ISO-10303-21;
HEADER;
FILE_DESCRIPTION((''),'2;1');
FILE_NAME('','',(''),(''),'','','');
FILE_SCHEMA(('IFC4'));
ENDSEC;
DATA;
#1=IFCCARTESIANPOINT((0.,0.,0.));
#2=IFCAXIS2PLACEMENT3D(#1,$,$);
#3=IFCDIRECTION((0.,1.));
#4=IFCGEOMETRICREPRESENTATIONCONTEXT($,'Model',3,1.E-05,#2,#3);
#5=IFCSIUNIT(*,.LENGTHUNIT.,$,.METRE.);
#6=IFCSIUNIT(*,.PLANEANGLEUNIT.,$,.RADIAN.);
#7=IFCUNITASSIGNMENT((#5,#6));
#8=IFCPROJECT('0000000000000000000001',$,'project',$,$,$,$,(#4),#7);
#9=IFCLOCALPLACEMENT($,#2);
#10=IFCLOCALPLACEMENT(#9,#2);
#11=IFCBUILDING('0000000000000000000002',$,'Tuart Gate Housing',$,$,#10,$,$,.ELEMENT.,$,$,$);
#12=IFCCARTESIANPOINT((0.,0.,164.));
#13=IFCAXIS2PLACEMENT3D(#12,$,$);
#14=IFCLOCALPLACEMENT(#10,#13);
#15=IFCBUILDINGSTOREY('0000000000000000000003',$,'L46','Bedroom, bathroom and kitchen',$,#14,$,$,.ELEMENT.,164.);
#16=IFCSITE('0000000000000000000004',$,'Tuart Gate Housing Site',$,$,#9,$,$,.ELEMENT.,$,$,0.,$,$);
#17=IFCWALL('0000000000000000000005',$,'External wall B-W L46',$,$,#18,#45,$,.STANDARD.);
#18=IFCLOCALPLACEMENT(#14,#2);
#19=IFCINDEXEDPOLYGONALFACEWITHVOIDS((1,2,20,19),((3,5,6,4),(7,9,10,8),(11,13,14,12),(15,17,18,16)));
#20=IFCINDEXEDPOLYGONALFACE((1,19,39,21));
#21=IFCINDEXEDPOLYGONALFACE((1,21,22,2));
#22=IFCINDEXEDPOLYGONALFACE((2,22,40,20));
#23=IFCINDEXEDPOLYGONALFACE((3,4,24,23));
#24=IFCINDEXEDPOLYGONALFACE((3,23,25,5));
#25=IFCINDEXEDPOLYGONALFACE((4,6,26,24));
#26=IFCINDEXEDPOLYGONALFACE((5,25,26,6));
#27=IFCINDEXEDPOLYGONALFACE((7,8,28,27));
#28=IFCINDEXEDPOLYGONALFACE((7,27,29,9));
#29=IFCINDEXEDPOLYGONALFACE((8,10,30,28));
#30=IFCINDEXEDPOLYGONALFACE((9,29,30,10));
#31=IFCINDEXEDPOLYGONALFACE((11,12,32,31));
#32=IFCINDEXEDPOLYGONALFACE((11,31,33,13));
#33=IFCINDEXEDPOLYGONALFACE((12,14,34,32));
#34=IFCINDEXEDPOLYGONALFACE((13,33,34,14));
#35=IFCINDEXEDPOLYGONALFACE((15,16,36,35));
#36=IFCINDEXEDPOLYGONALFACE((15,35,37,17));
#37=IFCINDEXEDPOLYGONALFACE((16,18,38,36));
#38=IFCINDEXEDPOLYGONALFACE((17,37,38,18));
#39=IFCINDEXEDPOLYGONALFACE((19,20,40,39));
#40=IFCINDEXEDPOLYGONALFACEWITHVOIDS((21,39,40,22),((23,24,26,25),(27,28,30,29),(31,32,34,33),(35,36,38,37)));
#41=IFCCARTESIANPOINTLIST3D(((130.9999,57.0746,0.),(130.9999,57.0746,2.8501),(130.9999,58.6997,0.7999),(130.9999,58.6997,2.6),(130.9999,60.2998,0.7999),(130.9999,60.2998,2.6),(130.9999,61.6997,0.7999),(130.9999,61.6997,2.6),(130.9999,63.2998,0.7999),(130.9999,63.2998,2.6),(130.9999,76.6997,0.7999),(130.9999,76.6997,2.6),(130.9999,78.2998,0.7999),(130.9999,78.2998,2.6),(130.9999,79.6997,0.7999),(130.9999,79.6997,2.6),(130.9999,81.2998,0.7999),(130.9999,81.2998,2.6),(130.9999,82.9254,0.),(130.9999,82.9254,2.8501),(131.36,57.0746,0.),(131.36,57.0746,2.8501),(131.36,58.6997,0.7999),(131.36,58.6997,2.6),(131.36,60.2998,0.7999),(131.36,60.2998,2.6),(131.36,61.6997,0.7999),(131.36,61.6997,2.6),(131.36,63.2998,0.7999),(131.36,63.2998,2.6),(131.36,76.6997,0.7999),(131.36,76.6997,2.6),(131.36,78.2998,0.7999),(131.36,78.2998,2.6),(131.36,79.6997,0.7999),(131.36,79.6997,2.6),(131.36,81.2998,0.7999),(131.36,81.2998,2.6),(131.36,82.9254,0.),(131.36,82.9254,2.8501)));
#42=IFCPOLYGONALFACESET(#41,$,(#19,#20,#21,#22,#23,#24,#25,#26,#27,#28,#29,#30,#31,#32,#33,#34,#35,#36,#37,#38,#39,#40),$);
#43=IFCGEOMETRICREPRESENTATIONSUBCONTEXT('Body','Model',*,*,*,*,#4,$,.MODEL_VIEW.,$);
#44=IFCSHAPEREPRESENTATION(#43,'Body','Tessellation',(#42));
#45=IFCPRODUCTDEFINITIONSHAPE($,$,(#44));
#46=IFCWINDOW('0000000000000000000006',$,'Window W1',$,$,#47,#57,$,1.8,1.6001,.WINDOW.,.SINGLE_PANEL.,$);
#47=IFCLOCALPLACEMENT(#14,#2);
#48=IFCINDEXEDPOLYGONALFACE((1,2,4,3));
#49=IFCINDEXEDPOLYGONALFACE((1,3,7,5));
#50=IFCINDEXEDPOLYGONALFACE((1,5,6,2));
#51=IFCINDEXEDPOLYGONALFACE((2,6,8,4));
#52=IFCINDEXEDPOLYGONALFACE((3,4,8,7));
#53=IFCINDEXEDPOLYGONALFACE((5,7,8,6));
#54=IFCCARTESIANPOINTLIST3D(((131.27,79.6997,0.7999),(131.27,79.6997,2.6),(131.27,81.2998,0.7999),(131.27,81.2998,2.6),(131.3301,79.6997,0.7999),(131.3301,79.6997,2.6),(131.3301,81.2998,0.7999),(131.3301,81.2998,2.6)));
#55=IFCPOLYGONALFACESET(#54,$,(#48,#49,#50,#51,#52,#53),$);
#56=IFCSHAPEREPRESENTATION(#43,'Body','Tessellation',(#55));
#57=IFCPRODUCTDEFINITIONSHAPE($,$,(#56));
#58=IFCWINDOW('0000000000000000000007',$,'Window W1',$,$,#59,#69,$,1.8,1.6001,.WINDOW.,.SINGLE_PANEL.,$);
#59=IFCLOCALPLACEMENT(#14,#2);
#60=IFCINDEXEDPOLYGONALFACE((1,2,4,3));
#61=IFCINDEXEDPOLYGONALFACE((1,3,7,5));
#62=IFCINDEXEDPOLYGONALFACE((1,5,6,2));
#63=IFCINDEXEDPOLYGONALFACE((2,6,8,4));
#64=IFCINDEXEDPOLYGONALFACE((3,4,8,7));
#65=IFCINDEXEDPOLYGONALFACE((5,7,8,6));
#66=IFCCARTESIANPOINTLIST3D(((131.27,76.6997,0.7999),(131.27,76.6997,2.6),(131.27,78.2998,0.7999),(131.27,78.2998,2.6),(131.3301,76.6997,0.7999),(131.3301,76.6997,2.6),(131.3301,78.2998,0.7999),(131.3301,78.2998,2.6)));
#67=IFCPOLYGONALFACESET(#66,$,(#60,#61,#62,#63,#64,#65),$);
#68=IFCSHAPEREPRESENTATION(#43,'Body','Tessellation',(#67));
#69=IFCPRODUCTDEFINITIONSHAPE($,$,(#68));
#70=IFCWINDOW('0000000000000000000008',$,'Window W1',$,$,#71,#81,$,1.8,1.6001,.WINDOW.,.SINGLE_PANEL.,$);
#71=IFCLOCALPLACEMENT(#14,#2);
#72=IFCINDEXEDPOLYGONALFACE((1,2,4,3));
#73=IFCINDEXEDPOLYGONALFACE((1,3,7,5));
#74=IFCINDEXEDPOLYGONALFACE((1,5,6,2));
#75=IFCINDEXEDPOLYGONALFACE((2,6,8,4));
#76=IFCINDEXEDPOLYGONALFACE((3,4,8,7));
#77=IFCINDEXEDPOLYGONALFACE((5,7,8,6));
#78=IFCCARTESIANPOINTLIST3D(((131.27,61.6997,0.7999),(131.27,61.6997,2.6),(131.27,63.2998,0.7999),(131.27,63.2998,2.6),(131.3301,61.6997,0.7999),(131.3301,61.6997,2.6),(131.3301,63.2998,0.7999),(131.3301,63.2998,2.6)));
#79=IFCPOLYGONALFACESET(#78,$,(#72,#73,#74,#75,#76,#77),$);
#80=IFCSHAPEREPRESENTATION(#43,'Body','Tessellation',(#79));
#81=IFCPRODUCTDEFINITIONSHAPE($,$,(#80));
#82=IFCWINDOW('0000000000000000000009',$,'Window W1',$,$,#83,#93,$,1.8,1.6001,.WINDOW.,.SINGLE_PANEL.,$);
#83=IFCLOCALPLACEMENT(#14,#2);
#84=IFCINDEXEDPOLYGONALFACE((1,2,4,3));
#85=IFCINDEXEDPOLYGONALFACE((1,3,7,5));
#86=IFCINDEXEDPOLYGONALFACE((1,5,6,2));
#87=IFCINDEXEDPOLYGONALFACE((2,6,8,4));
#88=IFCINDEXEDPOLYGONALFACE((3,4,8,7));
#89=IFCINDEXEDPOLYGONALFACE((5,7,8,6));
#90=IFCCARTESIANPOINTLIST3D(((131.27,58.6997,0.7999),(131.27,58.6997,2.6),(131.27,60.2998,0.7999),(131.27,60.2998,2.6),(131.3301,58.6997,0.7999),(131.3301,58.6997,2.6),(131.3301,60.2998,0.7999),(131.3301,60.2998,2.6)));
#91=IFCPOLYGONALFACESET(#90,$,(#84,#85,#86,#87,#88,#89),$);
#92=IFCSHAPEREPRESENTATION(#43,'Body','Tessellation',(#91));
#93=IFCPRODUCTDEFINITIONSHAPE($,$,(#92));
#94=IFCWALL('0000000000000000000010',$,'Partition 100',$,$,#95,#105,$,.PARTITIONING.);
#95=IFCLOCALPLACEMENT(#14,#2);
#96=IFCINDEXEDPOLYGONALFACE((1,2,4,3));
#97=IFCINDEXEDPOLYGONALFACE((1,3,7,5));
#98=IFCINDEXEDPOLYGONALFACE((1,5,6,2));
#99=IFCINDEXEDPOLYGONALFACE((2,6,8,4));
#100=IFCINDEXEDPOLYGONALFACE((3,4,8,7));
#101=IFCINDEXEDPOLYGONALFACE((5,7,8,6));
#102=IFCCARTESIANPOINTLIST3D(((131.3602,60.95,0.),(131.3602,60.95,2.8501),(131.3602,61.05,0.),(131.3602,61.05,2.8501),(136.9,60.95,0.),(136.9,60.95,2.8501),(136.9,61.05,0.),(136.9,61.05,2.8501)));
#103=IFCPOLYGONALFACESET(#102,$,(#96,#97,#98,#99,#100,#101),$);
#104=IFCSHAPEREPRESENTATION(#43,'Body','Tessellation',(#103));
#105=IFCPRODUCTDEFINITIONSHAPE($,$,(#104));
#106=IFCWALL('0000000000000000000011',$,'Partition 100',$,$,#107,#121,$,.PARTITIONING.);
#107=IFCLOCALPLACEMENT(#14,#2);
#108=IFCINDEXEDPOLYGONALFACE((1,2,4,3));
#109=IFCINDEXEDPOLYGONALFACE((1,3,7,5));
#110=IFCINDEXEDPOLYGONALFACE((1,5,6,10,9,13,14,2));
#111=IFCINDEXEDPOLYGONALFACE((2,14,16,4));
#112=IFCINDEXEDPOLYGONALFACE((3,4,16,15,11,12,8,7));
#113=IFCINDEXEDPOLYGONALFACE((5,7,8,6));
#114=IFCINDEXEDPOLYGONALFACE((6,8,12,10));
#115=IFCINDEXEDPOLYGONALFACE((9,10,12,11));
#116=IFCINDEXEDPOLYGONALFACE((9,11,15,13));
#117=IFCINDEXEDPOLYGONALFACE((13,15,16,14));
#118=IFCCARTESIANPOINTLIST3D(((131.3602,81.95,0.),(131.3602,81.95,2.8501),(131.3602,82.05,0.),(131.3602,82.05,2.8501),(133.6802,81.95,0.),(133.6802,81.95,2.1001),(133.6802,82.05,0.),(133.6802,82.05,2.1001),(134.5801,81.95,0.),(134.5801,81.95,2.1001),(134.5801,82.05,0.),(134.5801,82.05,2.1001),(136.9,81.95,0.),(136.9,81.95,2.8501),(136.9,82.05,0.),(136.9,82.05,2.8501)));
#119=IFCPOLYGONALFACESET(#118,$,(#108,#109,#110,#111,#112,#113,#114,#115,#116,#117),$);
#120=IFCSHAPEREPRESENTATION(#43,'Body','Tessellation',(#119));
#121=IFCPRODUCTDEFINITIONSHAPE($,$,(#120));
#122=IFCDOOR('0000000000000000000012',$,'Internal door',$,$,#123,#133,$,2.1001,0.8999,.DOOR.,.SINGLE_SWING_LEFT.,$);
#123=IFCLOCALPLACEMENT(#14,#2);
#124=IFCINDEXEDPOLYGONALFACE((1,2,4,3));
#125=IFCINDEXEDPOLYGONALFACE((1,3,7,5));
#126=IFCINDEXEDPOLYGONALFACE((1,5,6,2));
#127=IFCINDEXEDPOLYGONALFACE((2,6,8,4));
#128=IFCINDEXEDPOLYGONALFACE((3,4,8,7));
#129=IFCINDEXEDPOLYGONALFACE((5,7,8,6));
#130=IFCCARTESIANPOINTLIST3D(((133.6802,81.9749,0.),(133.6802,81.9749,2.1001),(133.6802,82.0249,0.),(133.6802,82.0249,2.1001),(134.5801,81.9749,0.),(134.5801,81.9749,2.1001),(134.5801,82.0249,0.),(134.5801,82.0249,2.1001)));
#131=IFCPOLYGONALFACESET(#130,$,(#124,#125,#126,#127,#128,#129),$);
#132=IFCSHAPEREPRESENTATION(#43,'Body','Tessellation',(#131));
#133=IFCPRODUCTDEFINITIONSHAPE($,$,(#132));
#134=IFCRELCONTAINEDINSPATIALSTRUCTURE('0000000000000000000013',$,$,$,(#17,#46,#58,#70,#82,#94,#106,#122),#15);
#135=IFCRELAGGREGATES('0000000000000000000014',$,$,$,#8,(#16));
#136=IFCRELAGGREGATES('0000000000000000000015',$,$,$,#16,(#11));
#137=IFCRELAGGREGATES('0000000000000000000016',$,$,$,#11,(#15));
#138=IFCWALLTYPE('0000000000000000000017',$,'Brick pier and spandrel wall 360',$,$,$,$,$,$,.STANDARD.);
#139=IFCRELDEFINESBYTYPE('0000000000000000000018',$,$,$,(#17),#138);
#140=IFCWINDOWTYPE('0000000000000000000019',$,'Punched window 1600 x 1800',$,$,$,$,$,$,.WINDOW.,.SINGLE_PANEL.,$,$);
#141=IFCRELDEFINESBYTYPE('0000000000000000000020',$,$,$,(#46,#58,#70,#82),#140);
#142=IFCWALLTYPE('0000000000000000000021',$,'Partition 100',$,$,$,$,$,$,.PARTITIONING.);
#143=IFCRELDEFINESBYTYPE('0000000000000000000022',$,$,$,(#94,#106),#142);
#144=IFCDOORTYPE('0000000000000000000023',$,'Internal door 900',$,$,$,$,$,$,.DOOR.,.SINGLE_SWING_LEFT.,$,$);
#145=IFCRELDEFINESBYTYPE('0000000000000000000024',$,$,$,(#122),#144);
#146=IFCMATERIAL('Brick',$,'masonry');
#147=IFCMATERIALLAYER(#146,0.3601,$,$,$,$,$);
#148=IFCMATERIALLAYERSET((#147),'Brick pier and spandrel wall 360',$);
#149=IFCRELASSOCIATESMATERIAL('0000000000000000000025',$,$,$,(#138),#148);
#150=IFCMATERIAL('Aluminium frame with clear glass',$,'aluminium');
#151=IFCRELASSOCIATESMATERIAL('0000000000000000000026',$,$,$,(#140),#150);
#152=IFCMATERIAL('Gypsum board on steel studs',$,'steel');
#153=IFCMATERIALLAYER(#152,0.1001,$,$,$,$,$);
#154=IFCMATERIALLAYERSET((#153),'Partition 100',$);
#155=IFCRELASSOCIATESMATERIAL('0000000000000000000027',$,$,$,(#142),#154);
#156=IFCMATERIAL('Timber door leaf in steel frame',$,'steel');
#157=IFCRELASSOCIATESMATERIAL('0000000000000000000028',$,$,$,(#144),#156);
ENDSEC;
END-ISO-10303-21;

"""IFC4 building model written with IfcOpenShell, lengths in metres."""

from ifc_helpers import new_model, si_unit, direction, frame, frame_2d, origin, place, context, subcontext, project, spatial, rectangle, extrude, material, layer, layer_set, type_object, element, fill, save


model = new_model("IFC4")

# Units and contexts
model_context = context("Model", 3, precision=1e-05, world=origin(), true_north=direction((0.0, 1.0)))
body_context = subcontext(model_context, "Body", "Model", "MODEL_VIEW")
ifc_project = project(units=[si_unit("LENGTHUNIT", "METRE"), si_unit("PLANEANGLEUNIT", "RADIAN")], contexts=[model_context])

# Site, building, storey
site_placement = place(None, origin())
site = spatial("IfcSite", under=ifc_project, at=site_placement, Name="Tuart Gate Housing Site", CompositionType="ELEMENT", RefElevation=0.0)
building_placement = place(site_placement, origin())
building = spatial("IfcBuilding", under=site, at=building_placement, Name="Tuart Gate Housing", CompositionType="ELEMENT")
storey_placement = place(building_placement, frame((0.0, 0.0, 164.0)))
storey = spatial("IfcBuildingStorey", under=building, at=storey_placement, Name="L46", Description="Bedroom, bathroom and kitchen", CompositionType="ELEMENT", Elevation=164.0)

# Shared definitions
ifc_material_1 = material(Name="Brick", Category="masonry")
ifc_layer_1 = layer(ifc_material_1, 0.3601)
ifc_layer_set_1 = layer_set([ifc_layer_1], Name="Brick pier and spandrel wall 360")
wall_type_1 = type_object("IfcWallType", Name="Brick pier and spandrel wall 360", PredefinedType="STANDARD", material=ifc_layer_set_1)
ifc_material_2 = material(Name="Aluminium frame with clear glass", Category="aluminium")
window_type = type_object("IfcWindowType", Name="Punched window 1600 x 1800", PartitioningType="SINGLE_PANEL", PredefinedType="WINDOW", material=ifc_material_2)

# Wall, openings, windows
wall_1_placement = place(storey_placement, frame((131.1799, 82.9253, 0.0), z_axis=(0.0, 0.0, 1.0), x_axis=(0.0, -1.0, 0.0)))
wall_1 = element("IfcWall", 1, at=wall_1_placement, inside=storey, type_object=wall_type_1, Name="External wall B-W L46", PredefinedType="STANDARD", context=body_context, shape_type="SweptSolid", body=[
    extrude(rectangle(XDim=25.8508, YDim=0.3601, at=frame_2d((12.9253, 0.0))), origin(), (0.0, 0.0, 1.0), 2.8501),
])
opening_1_placement = place(wall_1_placement, frame((1.6255, 0.0, 0.8)))
opening_1 = element("IfcOpeningElement", 2, at=opening_1_placement, cuts=wall_1, PredefinedType="OPENING", context=body_context, shape_type="SweptSolid", body=[
    extrude(rectangle(XDim=1.6001, YDim=1.8, at=frame_2d((0.8, 0.8999))), frame((0.0, 0.1899, 0.0), z_axis=(0.0, -1.0, 0.0), x_axis=(1.0, 0.0, 0.0)), (0.0, 0.0, 1.0), 0.3801),
])
opening_2_placement = place(wall_1_placement, frame((4.6255, 0.0, 0.8)))
opening_2 = element("IfcOpeningElement", 3, at=opening_2_placement, cuts=wall_1, PredefinedType="OPENING", context=body_context, shape_type="SweptSolid", body=[
    extrude(rectangle(XDim=1.6001, YDim=1.8, at=frame_2d((0.8, 0.8999))), frame((0.0, 0.1899, 0.0), z_axis=(0.0, -1.0, 0.0), x_axis=(1.0, 0.0, 0.0)), (0.0, 0.0, 1.0), 0.3801),
])
opening_3_placement = place(wall_1_placement, frame((19.6255, 0.0, 0.8)))
opening_3 = element("IfcOpeningElement", 4, at=opening_3_placement, cuts=wall_1, PredefinedType="OPENING", context=body_context, shape_type="SweptSolid", body=[
    extrude(rectangle(XDim=1.6001, YDim=1.8, at=frame_2d((0.8, 0.8999))), frame((0.0, 0.1899, 0.0), z_axis=(0.0, -1.0, 0.0), x_axis=(1.0, 0.0, 0.0)), (0.0, 0.0, 1.0), 0.3801),
])
opening_4_placement = place(wall_1_placement, frame((22.6255, 0.0, 0.8)))
opening_4 = element("IfcOpeningElement", 5, at=opening_4_placement, cuts=wall_1, PredefinedType="OPENING", context=body_context, shape_type="SweptSolid", body=[
    extrude(rectangle(XDim=1.6001, YDim=1.8, at=frame_2d((0.8, 0.8999))), frame((0.0, 0.1899, 0.0), z_axis=(0.0, -1.0, 0.0), x_axis=(1.0, 0.0, 0.0)), (0.0, 0.0, 1.0), 0.3801),
])
window_1_placement = place(opening_1_placement, origin())
window_1 = element("IfcWindow", 6, at=window_1_placement, inside=storey, type_object=window_type, Name="Window W1", OverallHeight=1.8, OverallWidth=1.6001, PartitioningType="SINGLE_PANEL", PredefinedType="WINDOW", context=body_context, shape_type="SweptSolid", body=[
    extrude(rectangle(XDim=1.6001, YDim=1.8, at=frame_2d((0.8, 0.8999))), frame((0.0, 0.1501, 0.0), z_axis=(0.0, -1.0, 0.0), x_axis=(1.0, 0.0, 0.0)), (0.0, 0.0, 1.0), 0.0601),
])
fill(opening_1, window_1)
window_2_placement = place(opening_2_placement, origin())
window_2 = element("IfcWindow", 7, at=window_2_placement, inside=storey, type_object=window_type, Name="Window W1", OverallHeight=1.8, OverallWidth=1.6001, PartitioningType="SINGLE_PANEL", PredefinedType="WINDOW", context=body_context, shape_type="SweptSolid", body=[
    extrude(rectangle(XDim=1.6001, YDim=1.8, at=frame_2d((0.8, 0.8999))), frame((0.0, 0.1501, 0.0), z_axis=(0.0, -1.0, 0.0), x_axis=(1.0, 0.0, 0.0)), (0.0, 0.0, 1.0), 0.0601),
])
fill(opening_2, window_2)
window_3_placement = place(opening_3_placement, origin())
window_3 = element("IfcWindow", 8, at=window_3_placement, inside=storey, type_object=window_type, Name="Window W1", OverallHeight=1.8, OverallWidth=1.6001, PartitioningType="SINGLE_PANEL", PredefinedType="WINDOW", context=body_context, shape_type="SweptSolid", body=[
    extrude(rectangle(XDim=1.6001, YDim=1.8, at=frame_2d((0.8, 0.8999))), frame((0.0, 0.1501, 0.0), z_axis=(0.0, -1.0, 0.0), x_axis=(1.0, 0.0, 0.0)), (0.0, 0.0, 1.0), 0.0601),
])
fill(opening_3, window_3)
window_4_placement = place(opening_4_placement, origin())
window_4 = element("IfcWindow", 9, at=window_4_placement, inside=storey, type_object=window_type, Name="Window W1", OverallHeight=1.8, OverallWidth=1.6001, PartitioningType="SINGLE_PANEL", PredefinedType="WINDOW", context=body_context, shape_type="SweptSolid", body=[
    extrude(rectangle(XDim=1.6001, YDim=1.8, at=frame_2d((0.8, 0.8999))), frame((0.0, 0.1501, 0.0), z_axis=(0.0, -1.0, 0.0), x_axis=(1.0, 0.0, 0.0)), (0.0, 0.0, 1.0), 0.0601),
])
fill(opening_4, window_4)

# Wall
ifc_material_3 = material(Name="Gypsum board on steel studs", Category="steel")
ifc_layer_2 = layer(ifc_material_3, 0.1001)
ifc_layer_set_2 = layer_set([ifc_layer_2], Name="Partition 100")
wall_type_2 = type_object("IfcWallType", Name="Partition 100", PredefinedType="PARTITIONING", material=ifc_layer_set_2)
wall_2_placement = place(storey_placement, frame((131.3601, 61.0, 0.0), z_axis=(0.0, 0.0, 1.0), x_axis=(1.0, 0.0, 0.0)))
element("IfcWall", 10, at=wall_2_placement, inside=storey, type_object=wall_type_2, Name="Partition 100", PredefinedType="PARTITIONING", context=body_context, shape_type="SweptSolid", body=[
    extrude(rectangle(XDim=5.5398, YDim=0.1001, at=frame_2d((2.77, 0.0))), origin(), (0.0, 0.0, 1.0), 2.8501),
])

# Wall, opening, door
wall_3_placement = place(storey_placement, frame((131.3601, 82.0, 0.0), z_axis=(0.0, 0.0, 1.0), x_axis=(1.0, 0.0, 0.0)))
wall_3 = element("IfcWall", 11, at=wall_3_placement, inside=storey, type_object=wall_type_2, Name="Partition 100", PredefinedType="PARTITIONING", context=body_context, shape_type="SweptSolid", body=[
    extrude(rectangle(XDim=5.5398, YDim=0.1001, at=frame_2d((2.77, 0.0))), origin(), (0.0, 0.0, 1.0), 2.8501),
])
opening_5_placement = place(wall_3_placement, frame((2.3201, 0.0, 0.0)))
opening_5 = element("IfcOpeningElement", 12, at=opening_5_placement, cuts=wall_3, PredefinedType="OPENING", context=body_context, shape_type="SweptSolid", body=[
    extrude(rectangle(XDim=0.8999, YDim=2.1001, at=frame_2d((0.45, 1.05))), frame((0.0, 0.0601, 0.0), z_axis=(0.0, -1.0, 0.0), x_axis=(1.0, 0.0, 0.0)), (0.0, 0.0, 1.0), 0.1201),
])
ifc_material_4 = material(Name="Timber door leaf in steel frame", Category="steel")
door_type = type_object("IfcDoorType", Name="Internal door 900", OperationType="SINGLE_SWING_LEFT", PredefinedType="DOOR", material=ifc_material_4)
door_placement = place(opening_5_placement, origin())
door = element("IfcDoor", 13, at=door_placement, inside=storey, type_object=door_type, Name="Internal door", OperationType="SINGLE_SWING_LEFT", OverallHeight=2.1001, OverallWidth=0.8999, PredefinedType="DOOR", context=body_context, shape_type="SweptSolid", body=[
    extrude(rectangle(XDim=0.8999, YDim=2.1001, at=frame_2d((0.45, 1.05))), frame((0.0, 0.0249, 0.0), z_axis=(0.0, -1.0, 0.0), x_axis=(1.0, 0.0, 0.0)), (0.0, 0.0, 1.0), 0.05),
])
fill(opening_5, door)

save(model, "model.ifc")
